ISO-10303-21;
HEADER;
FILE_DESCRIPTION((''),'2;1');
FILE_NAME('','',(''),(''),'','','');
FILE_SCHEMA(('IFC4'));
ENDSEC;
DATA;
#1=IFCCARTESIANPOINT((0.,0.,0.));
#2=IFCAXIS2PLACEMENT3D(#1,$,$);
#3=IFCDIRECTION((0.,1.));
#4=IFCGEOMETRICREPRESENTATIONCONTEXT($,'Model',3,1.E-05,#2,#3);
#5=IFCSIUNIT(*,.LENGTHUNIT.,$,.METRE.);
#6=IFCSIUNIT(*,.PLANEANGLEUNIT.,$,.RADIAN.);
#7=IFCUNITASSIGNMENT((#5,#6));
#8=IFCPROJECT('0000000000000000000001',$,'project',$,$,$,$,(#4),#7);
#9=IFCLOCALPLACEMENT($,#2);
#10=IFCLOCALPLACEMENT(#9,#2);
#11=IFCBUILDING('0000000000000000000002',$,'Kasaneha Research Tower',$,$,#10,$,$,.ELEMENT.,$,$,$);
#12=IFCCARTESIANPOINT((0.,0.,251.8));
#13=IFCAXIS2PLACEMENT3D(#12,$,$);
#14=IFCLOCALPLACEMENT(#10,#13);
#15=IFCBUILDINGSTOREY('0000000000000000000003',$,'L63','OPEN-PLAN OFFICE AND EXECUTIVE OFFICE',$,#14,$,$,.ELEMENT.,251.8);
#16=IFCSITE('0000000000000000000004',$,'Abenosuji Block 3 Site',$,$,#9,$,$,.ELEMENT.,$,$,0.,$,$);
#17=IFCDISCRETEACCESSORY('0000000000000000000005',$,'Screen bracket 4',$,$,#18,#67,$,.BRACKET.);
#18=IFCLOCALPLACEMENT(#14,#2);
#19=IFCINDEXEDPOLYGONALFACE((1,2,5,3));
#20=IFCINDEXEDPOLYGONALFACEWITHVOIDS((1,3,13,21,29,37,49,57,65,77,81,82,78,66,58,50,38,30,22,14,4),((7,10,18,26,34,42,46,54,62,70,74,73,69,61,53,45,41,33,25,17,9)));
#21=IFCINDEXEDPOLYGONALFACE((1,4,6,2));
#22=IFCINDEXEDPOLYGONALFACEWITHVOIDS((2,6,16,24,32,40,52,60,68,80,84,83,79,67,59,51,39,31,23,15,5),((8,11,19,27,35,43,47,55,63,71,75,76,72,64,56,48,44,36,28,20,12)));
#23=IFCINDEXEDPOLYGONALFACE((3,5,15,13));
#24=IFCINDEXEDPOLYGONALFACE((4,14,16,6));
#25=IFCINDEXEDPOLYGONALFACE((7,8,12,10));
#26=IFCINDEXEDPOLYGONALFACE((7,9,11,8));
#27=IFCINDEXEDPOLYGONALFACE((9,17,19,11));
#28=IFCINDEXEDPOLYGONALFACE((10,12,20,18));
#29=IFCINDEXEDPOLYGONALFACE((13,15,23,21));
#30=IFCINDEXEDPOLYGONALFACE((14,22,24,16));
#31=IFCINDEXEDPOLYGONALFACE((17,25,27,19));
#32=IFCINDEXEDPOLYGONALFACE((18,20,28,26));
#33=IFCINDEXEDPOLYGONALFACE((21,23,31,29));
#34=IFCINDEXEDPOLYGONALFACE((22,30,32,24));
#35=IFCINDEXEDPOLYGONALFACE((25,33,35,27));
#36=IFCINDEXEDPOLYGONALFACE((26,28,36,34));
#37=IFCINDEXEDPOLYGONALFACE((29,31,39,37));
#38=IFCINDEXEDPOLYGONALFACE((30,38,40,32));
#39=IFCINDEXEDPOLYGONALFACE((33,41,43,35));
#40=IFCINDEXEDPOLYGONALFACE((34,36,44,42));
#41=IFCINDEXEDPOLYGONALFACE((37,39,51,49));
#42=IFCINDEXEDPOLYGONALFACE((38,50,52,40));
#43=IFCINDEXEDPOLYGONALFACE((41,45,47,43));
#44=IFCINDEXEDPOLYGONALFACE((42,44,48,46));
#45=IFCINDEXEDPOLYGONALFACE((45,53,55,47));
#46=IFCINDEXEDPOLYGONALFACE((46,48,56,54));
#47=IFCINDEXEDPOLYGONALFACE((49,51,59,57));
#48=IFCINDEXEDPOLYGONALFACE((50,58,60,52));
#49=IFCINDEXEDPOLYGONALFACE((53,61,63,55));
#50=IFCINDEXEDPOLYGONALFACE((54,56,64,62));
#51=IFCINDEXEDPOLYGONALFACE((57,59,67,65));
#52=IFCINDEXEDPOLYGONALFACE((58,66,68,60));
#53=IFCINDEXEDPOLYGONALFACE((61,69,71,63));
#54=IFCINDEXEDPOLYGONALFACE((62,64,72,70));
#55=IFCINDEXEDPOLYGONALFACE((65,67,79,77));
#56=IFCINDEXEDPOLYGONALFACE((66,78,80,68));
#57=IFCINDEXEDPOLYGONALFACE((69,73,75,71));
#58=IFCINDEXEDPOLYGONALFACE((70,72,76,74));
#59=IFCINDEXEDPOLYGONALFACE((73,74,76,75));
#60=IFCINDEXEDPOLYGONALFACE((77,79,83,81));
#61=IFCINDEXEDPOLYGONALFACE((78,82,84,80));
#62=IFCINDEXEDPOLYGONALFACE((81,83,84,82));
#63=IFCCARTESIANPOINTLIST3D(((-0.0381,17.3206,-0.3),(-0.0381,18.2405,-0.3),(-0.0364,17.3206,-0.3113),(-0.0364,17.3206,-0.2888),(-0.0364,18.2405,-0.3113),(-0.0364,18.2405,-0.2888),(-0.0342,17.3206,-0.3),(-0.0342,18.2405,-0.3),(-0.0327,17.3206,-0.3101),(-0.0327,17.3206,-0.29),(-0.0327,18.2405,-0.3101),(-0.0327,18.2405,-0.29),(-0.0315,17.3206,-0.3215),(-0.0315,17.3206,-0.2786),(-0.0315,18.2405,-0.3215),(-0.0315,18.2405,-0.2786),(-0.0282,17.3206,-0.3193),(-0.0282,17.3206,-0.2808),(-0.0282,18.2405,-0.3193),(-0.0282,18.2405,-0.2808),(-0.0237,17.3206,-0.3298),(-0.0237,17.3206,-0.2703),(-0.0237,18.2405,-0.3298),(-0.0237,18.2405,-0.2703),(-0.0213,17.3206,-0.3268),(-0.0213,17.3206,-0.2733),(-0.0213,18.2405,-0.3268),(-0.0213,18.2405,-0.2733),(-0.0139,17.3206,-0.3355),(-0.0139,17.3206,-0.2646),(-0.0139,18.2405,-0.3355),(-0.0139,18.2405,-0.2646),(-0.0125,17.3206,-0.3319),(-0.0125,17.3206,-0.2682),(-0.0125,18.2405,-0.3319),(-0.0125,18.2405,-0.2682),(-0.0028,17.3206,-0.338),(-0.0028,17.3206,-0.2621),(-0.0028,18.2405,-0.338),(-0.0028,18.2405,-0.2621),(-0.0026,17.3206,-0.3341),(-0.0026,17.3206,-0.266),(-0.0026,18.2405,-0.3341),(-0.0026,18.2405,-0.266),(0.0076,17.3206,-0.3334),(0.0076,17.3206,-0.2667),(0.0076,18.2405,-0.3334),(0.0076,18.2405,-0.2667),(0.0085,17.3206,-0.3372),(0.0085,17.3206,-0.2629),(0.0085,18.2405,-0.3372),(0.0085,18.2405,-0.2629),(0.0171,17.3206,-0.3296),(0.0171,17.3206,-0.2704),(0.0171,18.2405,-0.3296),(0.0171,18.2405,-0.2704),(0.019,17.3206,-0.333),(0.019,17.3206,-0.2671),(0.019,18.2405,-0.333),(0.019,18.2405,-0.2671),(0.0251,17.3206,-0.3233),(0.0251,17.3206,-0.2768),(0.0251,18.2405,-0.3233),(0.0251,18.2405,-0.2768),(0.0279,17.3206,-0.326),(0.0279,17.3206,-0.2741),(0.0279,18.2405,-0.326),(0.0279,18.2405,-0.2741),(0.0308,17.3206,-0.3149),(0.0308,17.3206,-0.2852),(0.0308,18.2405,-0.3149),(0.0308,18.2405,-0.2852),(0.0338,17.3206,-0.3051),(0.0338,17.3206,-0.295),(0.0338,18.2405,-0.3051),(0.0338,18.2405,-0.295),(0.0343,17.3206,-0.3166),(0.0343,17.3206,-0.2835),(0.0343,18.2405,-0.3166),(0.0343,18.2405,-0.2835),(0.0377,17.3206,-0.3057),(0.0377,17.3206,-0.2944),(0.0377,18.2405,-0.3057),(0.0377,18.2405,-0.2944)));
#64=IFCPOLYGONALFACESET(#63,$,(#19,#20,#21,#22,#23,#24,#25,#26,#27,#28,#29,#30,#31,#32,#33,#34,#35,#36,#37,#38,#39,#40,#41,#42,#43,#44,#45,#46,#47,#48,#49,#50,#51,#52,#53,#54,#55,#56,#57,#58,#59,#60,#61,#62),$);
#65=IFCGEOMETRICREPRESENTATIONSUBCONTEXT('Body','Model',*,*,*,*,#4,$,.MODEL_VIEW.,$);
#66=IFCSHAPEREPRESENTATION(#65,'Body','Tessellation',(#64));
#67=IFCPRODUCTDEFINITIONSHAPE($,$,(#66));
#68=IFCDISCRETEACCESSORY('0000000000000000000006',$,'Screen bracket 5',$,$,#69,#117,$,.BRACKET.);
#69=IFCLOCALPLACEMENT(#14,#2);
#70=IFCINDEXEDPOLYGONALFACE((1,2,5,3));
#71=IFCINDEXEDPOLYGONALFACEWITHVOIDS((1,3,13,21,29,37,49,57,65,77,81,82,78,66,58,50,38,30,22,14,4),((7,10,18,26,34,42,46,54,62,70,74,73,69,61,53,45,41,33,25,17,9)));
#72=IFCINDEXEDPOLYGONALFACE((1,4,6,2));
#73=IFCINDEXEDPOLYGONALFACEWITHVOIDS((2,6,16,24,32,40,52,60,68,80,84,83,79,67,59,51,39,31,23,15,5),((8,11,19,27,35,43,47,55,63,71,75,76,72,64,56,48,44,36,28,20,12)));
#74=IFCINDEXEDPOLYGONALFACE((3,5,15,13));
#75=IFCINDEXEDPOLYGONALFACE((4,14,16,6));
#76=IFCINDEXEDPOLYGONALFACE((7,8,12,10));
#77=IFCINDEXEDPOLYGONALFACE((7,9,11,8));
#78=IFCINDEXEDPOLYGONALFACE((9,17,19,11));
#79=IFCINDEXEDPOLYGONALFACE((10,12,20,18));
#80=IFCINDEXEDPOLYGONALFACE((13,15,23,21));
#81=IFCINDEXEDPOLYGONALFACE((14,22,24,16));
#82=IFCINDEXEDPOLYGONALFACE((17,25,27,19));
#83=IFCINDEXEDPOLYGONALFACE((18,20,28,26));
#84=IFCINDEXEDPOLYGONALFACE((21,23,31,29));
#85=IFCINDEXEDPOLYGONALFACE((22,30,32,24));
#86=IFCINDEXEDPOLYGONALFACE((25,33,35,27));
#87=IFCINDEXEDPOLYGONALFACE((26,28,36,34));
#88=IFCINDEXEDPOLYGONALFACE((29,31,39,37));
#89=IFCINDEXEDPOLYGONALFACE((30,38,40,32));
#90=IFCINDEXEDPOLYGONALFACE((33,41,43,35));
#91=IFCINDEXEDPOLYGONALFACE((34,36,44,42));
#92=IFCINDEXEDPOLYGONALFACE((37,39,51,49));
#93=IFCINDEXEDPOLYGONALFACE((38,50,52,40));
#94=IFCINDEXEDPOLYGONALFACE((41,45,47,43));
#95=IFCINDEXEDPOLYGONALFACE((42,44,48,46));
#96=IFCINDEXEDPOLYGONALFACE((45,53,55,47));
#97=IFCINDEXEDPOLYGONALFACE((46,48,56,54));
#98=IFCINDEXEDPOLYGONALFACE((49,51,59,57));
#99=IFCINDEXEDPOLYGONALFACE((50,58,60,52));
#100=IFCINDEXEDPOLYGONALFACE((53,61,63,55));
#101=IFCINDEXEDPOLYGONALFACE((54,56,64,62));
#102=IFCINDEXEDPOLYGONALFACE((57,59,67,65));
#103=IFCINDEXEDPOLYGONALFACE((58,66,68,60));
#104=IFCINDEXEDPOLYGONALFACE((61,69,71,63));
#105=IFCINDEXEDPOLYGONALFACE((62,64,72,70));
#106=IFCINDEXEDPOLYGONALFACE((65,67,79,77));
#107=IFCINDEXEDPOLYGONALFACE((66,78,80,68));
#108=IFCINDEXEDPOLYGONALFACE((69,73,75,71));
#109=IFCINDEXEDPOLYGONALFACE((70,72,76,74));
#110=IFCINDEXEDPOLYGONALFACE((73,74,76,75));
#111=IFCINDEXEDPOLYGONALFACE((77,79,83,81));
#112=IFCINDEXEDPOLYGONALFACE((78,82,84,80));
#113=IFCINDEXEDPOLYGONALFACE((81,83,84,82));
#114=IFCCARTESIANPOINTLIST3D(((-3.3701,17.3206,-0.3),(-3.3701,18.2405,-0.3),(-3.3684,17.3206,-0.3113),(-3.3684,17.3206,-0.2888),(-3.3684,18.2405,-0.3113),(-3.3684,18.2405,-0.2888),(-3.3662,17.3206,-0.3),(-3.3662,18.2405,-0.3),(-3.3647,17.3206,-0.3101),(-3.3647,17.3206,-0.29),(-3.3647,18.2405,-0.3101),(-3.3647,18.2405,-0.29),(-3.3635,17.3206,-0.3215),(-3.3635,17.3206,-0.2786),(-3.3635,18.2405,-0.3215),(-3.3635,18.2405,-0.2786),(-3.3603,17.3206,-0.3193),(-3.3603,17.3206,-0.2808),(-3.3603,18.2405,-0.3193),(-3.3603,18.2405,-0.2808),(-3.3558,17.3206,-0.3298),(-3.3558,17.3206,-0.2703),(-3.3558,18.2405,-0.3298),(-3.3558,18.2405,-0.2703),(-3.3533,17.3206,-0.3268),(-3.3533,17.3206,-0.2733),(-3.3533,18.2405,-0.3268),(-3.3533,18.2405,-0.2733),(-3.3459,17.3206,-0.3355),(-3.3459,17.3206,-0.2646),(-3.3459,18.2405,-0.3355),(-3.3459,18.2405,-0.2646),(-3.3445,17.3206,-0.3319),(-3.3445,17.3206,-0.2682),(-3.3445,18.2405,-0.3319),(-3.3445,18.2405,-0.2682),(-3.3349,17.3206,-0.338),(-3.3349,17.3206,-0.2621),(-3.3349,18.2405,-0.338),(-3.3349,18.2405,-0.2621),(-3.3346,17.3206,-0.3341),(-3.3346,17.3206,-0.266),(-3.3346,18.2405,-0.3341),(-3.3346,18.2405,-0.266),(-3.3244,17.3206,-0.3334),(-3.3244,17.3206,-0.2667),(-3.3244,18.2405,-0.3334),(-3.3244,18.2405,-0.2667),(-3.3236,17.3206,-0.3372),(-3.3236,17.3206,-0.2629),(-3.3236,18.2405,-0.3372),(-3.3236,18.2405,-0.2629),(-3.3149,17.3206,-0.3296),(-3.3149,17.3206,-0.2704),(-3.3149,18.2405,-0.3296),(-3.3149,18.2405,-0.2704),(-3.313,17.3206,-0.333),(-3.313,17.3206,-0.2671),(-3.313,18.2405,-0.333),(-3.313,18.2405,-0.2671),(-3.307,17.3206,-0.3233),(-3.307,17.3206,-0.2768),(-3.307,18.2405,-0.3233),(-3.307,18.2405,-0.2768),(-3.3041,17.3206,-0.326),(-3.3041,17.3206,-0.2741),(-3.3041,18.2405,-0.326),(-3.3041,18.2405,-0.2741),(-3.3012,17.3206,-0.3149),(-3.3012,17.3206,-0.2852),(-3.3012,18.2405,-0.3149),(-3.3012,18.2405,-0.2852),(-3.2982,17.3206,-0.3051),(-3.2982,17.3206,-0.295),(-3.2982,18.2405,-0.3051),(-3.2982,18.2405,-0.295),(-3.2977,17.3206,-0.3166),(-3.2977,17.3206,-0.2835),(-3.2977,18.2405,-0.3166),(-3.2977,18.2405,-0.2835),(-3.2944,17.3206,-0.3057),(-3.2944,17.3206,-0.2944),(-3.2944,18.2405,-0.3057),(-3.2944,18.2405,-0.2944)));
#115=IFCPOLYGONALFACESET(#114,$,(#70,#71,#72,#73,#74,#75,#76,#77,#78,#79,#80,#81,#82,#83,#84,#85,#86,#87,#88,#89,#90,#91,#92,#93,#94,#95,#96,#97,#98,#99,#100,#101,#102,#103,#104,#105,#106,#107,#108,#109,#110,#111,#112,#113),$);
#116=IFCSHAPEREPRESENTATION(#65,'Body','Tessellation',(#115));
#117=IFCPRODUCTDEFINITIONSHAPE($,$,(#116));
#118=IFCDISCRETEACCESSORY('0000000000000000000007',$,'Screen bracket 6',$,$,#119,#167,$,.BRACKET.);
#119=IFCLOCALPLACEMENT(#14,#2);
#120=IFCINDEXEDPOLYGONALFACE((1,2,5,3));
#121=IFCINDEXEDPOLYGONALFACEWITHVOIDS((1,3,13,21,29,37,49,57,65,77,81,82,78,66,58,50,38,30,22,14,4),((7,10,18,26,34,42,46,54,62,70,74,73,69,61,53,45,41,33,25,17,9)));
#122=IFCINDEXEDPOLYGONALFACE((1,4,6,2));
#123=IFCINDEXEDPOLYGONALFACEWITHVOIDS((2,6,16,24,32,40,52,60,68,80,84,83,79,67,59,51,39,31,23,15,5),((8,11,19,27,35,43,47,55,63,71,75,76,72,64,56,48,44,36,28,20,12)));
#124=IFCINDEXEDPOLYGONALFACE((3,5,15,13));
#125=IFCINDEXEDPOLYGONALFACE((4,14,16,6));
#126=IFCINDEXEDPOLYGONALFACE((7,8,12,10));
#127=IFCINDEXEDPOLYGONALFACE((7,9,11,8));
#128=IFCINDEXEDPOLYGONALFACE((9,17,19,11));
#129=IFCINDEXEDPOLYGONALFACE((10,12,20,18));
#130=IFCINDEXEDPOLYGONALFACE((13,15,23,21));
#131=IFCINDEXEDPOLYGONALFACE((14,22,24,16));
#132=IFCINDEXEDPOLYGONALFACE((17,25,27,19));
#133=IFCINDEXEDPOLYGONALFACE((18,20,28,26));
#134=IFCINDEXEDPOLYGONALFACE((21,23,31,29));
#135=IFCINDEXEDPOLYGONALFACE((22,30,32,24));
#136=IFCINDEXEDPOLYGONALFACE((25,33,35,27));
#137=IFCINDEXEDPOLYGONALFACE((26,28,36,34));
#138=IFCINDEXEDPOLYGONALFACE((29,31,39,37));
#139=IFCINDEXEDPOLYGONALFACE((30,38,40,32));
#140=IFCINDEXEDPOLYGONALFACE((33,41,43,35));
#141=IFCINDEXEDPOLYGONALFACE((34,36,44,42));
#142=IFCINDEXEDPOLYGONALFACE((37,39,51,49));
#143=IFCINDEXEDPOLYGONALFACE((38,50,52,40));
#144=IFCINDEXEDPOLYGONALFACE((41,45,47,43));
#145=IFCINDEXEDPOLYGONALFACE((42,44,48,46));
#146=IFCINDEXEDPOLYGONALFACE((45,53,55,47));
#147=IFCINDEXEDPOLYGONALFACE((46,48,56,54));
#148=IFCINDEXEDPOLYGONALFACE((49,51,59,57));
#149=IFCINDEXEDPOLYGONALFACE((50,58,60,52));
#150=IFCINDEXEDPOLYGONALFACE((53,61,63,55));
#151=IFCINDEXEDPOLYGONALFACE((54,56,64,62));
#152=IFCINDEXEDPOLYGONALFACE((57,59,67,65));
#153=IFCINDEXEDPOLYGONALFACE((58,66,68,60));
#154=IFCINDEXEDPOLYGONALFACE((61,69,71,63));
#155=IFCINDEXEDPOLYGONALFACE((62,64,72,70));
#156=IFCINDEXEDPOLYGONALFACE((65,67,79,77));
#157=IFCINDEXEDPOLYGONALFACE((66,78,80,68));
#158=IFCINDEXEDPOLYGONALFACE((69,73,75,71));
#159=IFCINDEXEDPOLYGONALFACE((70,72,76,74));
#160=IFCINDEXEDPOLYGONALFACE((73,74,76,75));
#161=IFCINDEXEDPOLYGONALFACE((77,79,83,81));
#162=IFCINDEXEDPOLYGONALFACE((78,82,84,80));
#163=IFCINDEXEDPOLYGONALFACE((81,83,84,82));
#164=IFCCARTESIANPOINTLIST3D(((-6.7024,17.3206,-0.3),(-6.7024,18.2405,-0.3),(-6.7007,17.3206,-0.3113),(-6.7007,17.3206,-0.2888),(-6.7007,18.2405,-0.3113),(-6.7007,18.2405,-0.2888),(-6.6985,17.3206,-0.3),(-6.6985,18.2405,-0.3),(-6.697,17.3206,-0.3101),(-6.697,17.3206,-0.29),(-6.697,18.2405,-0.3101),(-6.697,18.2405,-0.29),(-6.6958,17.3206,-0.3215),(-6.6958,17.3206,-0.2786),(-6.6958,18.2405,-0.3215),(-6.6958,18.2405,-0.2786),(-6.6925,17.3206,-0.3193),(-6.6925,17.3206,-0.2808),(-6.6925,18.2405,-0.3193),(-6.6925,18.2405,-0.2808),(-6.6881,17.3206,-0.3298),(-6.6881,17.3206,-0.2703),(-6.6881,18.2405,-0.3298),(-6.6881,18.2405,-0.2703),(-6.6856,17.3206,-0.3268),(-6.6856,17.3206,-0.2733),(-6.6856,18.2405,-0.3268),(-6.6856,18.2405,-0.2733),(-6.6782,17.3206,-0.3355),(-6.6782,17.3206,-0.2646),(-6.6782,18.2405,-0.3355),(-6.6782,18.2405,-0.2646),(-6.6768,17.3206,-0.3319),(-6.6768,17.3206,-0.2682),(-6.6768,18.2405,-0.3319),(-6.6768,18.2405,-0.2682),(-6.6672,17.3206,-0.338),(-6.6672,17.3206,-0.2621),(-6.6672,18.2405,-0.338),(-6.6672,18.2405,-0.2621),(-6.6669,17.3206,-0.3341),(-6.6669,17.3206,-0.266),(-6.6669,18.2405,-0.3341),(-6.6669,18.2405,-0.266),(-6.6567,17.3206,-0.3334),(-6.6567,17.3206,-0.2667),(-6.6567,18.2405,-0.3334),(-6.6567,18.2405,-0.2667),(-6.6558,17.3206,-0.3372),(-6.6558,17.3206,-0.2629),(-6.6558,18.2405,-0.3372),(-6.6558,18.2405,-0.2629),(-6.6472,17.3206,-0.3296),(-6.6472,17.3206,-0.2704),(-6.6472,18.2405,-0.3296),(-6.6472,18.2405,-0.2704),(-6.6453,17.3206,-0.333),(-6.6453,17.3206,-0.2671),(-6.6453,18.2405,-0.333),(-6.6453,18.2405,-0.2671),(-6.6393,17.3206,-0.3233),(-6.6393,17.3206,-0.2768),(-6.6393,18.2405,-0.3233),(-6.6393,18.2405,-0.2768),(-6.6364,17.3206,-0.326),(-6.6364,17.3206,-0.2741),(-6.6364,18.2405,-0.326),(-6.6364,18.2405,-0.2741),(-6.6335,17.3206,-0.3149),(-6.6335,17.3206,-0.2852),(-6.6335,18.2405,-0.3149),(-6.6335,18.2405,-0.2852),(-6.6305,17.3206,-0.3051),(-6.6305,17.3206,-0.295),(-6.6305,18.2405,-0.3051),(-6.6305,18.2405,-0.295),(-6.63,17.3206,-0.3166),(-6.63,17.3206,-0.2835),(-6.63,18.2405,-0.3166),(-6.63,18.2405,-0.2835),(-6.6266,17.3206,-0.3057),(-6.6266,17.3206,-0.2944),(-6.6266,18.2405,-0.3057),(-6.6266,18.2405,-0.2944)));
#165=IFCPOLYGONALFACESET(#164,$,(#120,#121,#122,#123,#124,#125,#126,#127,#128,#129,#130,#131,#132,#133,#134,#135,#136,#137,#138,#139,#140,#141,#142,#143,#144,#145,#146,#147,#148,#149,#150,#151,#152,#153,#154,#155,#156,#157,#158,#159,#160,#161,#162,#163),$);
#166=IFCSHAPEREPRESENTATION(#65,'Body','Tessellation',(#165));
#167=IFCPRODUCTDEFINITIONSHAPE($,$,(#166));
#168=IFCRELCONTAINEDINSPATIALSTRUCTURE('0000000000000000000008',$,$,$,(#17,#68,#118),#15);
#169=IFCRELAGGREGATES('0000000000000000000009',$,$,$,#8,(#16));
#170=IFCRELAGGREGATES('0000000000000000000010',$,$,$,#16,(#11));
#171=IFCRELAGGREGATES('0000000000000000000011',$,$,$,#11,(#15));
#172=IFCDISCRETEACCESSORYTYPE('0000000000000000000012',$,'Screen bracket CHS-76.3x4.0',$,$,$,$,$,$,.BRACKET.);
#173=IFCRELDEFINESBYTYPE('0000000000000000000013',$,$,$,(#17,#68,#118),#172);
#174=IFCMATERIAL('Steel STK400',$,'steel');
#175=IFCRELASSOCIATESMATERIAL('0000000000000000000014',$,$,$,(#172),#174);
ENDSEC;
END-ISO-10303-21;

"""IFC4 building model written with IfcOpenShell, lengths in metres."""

from ifc_helpers import new_model, si_unit, direction, frame, origin, origin_2d, place, context, subcontext, project, spatial, hollow_circle, extrude, material, material_profile, profile_set, type_object, element, save


model = new_model("IFC4")

# Units and contexts
model_context = context("Model", 3, precision=1e-05, world=origin(), true_north=direction((0.0, 1.0)))
body_context = subcontext(model_context, "Body", "Model", "MODEL_VIEW")
ifc_project = project(units=[si_unit("LENGTHUNIT", "METRE"), si_unit("PLANEANGLEUNIT", "RADIAN")], contexts=[model_context])

# Site, building, storey
site_placement = place(None, origin())
site = spatial("IfcSite", under=ifc_project, at=site_placement, Name="Abenosuji Block 3 Site", CompositionType="ELEMENT", RefElevation=0.0)
building_placement = place(site_placement, origin())
building = spatial("IfcBuilding", under=site, at=building_placement, Name="Kasaneha Research Tower", CompositionType="ELEMENT")
storey_placement = place(building_placement, frame((0.0, 0.0, 251.8)))
storey = spatial("IfcBuildingStorey", under=building, at=storey_placement, Name="L63", Description="OPEN-PLAN OFFICE AND EXECUTIVE OFFICE", CompositionType="ELEMENT", Elevation=251.8)

# Discrete accessories
ifc_material_1 = material(Name="Steel STK400", Category="steel")
ifc_material_profile_1 = material_profile(ifc_material_1, hollow_circle(Radius=0.0381, WallThickness=0.0039, at=origin_2d()), Name="CHS-76.3x4.0")
ifc_profile_set_1 = profile_set([ifc_material_profile_1], Name="Steel STK400")
discrete_accessory_type = type_object("IfcDiscreteAccessoryType", Name="Screen bracket CHS-76.3x4.0", PredefinedType="BRACKET", material=ifc_profile_set_1)
for number, where, z_axis, x_axis, name in (
    (1, (0.0, 17.3206, -0.3), (0.0, 1.0, 0.0), (-1.0, 0.0, 0.0), "Screen bracket 4"),
    (2, (-3.332, 17.3206, -0.3), (0.0, 1.0, 0.0), (-1.0, 0.0, 0.0), "Screen bracket 5"),
    (3, (-6.6643, 17.3206, -0.3), (0.0, 1.0, 0.0), (-1.0, 0.0, 0.0), "Screen bracket 6"),
):
    element("IfcDiscreteAccessory", number, at=place(storey_placement, frame(where, z_axis=z_axis, x_axis=x_axis)), inside=storey, type_object=discrete_accessory_type, Name=name, PredefinedType="BRACKET", context=body_context, shape_type="SweptSolid", body=[
        extrude(hollow_circle(Radius=0.0381, WallThickness=0.0039, at=origin_2d()), origin(), (0.0, 0.0, 1.0), 0.9199),
    ])

save(model, "model.ifc")
